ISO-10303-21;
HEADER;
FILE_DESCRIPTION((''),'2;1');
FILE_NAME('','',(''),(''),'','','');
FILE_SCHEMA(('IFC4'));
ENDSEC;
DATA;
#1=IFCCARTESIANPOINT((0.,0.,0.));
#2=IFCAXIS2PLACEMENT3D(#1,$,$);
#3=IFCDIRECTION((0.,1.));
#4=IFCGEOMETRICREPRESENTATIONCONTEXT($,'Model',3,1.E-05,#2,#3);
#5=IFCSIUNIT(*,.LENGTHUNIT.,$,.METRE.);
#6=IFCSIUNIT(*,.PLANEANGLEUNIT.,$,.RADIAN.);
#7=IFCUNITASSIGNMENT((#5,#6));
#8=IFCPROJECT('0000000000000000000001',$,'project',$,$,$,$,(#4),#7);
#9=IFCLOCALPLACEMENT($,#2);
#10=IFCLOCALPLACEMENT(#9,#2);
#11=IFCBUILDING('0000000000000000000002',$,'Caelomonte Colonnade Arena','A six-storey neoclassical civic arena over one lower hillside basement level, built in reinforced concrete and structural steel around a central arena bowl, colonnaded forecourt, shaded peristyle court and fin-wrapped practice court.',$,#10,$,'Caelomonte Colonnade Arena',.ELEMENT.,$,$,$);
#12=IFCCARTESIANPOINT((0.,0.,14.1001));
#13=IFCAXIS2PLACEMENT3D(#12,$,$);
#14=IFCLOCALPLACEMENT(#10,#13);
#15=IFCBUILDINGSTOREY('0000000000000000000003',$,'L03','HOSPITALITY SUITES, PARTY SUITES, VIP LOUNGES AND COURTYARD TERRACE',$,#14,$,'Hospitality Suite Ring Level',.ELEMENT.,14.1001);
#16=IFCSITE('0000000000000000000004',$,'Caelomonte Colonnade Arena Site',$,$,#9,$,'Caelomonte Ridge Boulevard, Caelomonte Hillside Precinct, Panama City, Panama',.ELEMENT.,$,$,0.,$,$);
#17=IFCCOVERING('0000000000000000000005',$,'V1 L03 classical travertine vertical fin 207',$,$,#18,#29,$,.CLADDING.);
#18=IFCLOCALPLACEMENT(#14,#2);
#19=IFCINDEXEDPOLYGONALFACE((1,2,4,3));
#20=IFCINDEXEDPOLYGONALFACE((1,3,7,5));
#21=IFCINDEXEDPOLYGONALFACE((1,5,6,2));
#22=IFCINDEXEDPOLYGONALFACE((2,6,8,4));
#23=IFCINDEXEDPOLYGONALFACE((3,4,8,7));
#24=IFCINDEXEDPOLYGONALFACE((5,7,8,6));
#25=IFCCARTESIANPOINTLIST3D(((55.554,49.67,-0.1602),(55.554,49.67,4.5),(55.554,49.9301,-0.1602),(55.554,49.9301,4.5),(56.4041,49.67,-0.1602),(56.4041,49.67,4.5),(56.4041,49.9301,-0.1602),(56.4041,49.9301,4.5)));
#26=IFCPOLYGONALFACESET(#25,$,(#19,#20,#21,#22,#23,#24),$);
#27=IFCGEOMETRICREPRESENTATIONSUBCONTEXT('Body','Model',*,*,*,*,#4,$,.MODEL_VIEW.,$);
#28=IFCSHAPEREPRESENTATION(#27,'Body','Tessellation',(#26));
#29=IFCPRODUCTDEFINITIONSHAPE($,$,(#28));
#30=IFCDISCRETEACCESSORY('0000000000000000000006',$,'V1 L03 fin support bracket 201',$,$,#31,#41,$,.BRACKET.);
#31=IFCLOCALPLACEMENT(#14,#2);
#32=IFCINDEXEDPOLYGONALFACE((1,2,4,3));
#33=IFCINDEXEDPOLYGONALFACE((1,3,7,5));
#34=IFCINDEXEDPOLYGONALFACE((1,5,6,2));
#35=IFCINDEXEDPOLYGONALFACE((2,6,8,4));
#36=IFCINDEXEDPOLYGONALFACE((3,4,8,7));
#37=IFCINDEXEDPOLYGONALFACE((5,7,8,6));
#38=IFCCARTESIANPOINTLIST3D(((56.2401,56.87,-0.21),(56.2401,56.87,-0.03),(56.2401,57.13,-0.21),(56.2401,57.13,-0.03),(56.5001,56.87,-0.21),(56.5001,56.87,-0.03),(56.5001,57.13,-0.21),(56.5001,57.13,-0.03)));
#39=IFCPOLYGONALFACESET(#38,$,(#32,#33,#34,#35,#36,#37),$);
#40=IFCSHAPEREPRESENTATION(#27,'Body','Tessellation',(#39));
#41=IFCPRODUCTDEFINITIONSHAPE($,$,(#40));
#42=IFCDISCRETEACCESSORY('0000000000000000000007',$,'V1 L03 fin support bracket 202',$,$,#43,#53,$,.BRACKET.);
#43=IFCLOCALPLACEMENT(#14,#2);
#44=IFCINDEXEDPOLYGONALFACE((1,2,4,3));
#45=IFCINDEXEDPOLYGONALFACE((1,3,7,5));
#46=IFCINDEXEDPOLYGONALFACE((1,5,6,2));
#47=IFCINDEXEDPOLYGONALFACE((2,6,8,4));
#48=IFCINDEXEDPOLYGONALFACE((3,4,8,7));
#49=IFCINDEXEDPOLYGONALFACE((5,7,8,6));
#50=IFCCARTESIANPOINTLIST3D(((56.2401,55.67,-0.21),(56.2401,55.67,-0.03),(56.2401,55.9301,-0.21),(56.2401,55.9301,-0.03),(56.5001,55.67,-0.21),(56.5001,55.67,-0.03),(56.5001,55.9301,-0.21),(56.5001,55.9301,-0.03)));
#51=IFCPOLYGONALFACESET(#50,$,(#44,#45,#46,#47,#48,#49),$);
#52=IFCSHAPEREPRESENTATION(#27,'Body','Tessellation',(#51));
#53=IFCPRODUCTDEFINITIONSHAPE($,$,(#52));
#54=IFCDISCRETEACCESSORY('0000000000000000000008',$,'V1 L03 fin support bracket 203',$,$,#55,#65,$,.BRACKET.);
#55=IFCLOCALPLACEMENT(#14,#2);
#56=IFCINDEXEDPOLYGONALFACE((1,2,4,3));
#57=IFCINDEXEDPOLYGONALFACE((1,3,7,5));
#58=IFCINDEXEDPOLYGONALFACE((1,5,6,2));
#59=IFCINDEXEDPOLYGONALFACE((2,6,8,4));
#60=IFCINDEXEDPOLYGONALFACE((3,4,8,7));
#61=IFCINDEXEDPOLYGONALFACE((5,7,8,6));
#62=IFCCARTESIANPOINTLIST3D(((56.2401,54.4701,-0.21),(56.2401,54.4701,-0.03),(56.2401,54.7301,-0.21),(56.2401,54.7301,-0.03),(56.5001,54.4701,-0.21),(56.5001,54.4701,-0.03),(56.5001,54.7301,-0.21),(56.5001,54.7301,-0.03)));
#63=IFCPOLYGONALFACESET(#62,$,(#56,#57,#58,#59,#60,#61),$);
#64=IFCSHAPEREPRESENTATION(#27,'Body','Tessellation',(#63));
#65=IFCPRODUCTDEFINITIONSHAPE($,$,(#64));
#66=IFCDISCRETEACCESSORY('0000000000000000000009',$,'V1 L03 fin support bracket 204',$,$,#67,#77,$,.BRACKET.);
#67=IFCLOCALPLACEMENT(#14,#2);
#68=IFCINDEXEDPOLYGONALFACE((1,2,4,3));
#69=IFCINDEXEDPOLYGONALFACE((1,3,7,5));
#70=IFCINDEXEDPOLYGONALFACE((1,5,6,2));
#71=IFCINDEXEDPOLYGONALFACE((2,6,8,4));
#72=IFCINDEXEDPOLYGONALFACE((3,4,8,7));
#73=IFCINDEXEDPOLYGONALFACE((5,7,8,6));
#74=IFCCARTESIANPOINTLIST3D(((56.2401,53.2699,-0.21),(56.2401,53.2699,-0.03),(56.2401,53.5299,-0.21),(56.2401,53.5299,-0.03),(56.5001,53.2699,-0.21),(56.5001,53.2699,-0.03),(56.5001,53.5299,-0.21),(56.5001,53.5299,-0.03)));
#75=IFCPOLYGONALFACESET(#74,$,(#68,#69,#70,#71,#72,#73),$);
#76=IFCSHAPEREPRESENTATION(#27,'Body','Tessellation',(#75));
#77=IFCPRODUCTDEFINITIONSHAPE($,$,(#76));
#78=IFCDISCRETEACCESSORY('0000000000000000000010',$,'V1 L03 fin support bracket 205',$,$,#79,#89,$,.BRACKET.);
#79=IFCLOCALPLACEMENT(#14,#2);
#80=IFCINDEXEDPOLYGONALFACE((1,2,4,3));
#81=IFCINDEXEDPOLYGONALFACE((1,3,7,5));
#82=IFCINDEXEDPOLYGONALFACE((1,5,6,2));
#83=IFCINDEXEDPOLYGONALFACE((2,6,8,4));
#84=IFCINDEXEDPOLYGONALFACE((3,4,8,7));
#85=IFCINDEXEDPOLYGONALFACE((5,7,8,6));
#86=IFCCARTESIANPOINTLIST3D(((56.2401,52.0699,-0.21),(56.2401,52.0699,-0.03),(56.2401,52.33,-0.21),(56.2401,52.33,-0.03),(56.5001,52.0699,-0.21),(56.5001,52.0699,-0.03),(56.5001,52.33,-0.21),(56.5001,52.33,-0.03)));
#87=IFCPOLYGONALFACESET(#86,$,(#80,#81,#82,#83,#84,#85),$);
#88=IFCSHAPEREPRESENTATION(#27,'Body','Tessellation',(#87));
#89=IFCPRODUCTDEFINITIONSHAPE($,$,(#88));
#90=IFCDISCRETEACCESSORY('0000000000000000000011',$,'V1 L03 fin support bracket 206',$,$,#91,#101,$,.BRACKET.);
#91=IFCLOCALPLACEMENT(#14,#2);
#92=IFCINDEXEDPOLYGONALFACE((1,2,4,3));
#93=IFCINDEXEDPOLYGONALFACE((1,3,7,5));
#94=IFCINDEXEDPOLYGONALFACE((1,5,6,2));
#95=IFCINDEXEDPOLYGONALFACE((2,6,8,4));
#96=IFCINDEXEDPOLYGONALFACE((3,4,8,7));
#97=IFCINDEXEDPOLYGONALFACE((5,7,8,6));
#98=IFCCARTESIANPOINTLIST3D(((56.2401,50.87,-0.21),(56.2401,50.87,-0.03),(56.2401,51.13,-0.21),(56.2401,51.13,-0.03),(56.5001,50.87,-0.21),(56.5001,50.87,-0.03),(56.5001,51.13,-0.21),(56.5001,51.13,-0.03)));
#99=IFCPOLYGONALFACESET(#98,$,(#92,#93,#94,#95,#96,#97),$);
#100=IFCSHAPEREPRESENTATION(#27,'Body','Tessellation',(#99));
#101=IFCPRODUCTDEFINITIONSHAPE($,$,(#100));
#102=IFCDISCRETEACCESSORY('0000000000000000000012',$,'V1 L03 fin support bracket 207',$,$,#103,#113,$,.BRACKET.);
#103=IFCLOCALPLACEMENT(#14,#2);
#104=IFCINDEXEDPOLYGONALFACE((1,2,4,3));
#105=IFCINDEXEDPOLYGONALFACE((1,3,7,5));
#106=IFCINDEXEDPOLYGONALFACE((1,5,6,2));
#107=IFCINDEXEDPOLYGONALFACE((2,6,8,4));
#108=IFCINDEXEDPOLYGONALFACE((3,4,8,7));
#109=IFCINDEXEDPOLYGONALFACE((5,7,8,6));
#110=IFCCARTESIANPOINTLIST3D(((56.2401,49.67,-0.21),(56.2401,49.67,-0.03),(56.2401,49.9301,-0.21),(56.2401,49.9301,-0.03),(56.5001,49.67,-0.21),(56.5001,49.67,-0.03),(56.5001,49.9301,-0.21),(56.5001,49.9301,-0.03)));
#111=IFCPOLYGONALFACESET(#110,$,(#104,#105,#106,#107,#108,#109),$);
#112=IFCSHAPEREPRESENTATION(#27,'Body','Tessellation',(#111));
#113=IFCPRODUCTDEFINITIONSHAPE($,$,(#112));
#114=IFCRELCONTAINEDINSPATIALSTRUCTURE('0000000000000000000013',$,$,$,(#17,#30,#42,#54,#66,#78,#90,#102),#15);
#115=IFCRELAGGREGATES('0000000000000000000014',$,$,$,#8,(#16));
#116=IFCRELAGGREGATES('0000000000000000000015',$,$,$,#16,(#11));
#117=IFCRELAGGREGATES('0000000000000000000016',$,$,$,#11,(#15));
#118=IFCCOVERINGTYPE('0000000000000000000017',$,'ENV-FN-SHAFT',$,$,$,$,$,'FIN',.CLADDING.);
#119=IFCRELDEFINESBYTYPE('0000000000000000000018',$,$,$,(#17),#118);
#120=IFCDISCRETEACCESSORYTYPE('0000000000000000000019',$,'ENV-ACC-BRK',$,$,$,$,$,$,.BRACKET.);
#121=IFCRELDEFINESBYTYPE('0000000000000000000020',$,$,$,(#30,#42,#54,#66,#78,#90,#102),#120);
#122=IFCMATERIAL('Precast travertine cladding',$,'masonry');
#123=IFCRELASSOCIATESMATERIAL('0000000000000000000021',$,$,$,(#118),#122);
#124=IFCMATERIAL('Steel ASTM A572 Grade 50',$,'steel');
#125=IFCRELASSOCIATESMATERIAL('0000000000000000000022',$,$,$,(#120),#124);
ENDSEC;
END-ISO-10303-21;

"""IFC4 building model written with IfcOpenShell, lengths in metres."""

from ifc_helpers import new_model, si_unit, direction, frame, origin, origin_2d, place, context, subcontext, project, spatial, rectangle, extrude, material, material_profile, profile_set, type_object, element, save


model = new_model("IFC4")

# Units and contexts
model_context = context("Model", 3, precision=1e-05, world=origin(), true_north=direction((0.0, 1.0)))
body_context = subcontext(model_context, "Body", "Model", "MODEL_VIEW")
ifc_project = project(units=[si_unit("LENGTHUNIT", "METRE"), si_unit("PLANEANGLEUNIT", "RADIAN")], contexts=[model_context])

# Site, building, storey
site_placement = place(None, origin())
site = spatial("IfcSite", under=ifc_project, at=site_placement, Name="Caelomonte Colonnade Arena Site", LongName="Caelomonte Ridge Boulevard, Caelomonte Hillside Precinct, Panama City, Panama", CompositionType="ELEMENT", RefElevation=0.0)
building_placement = place(site_placement, origin())
building = spatial("IfcBuilding", under=site, at=building_placement, Name="Caelomonte Colonnade Arena", Description="A six-storey neoclassical civic arena over one lower hillside basement level, built in reinforced concrete and structural steel around a central arena bowl, colonnaded forecourt, shaded peristyle court and fin-wrapped practice court.", LongName="Caelomonte Colonnade Arena", CompositionType="ELEMENT")
storey_placement = place(building_placement, frame((0.0, 0.0, 14.1001)))
storey = spatial("IfcBuildingStorey", under=building, at=storey_placement, Name="L03", Description="HOSPITALITY SUITES, PARTY SUITES, VIP LOUNGES AND COURTYARD TERRACE", LongName="Hospitality Suite Ring Level", CompositionType="ELEMENT", Elevation=14.1001)

# Covering
ifc_material_1 = material(Name="Precast travertine cladding", Category="masonry")
ifc_material_profile_1 = material_profile(ifc_material_1, rectangle(XDim=0.26, YDim=0.8501, at=origin_2d()), Name="FIN260X850")
ifc_profile_set_1 = profile_set([ifc_material_profile_1], Name="Precast travertine cladding")
covering_type = type_object("IfcCoveringType", Name="ENV-FN-SHAFT", ElementType="FIN", PredefinedType="CLADDING", material=ifc_profile_set_1)
for number, where, z_axis, x_axis, name in (
    (1, (55.979, 49.8, -0.1602), (0.0, 0.0, 1.0), (0.0, 1.0, 0.0), "V1 L03 classical travertine vertical fin 207"),
):
    element("IfcCovering", number, at=place(storey_placement, frame(where, z_axis=z_axis, x_axis=x_axis)), inside=storey, type_object=covering_type, Name=name, PredefinedType="CLADDING", context=body_context, shape_type="SweptSolid", body=[
        extrude(rectangle(XDim=0.26, YDim=0.8501, at=origin_2d()), origin(), (0.0, 0.0, 1.0), 4.6602),
    ])

# Discrete accessories
ifc_material_2 = material(Name="Steel ASTM A572 Grade 50", Category="steel")
discrete_accessory_type = type_object("IfcDiscreteAccessoryType", Name="ENV-ACC-BRK", PredefinedType="BRACKET", material=ifc_material_2)
for number, where, z_axis, x_axis, name in (
    (2, (56.3701, 57.0, -0.21), (0.0, 0.0, 1.0), (0.0, -1.0, 0.0), "V1 L03 fin support bracket 201"),
    (3, (56.3701, 55.8, -0.21), (0.0, 0.0, 1.0), (0.0, -1.0, 0.0), "V1 L03 fin support bracket 202"),
    (4, (56.3701, 54.6001, -0.21), (0.0, 0.0, 1.0), (0.0, -1.0, 0.0), "V1 L03 fin support bracket 203"),
    (5, (56.3701, 53.3999, -0.21), (0.0, 0.0, 1.0), (0.0, -1.0, 0.0), "V1 L03 fin support bracket 204"),
    (6, (56.3701, 52.2, -0.21), (0.0, 0.0, 1.0), (0.0, -1.0, 0.0), "V1 L03 fin support bracket 205"),
    (7, (56.3701, 51.0, -0.21), (0.0, 0.0, 1.0), (0.0, -1.0, 0.0), "V1 L03 fin support bracket 206"),
    (8, (56.3701, 49.8, -0.21), (0.0, 0.0, 1.0), (0.0, -1.0, 0.0), "V1 L03 fin support bracket 207"),
):
    element("IfcDiscreteAccessory", number, at=place(storey_placement, frame(where, z_axis=z_axis, x_axis=x_axis)), inside=storey, type_object=discrete_accessory_type, Name=name, PredefinedType="BRACKET", context=body_context, shape_type="SweptSolid", body=[
        extrude(rectangle(XDim=0.26, YDim=0.26, at=origin_2d()), origin(), (0.0, 0.0, 1.0), 0.1799),
    ])

save(model, "model.ifc")
